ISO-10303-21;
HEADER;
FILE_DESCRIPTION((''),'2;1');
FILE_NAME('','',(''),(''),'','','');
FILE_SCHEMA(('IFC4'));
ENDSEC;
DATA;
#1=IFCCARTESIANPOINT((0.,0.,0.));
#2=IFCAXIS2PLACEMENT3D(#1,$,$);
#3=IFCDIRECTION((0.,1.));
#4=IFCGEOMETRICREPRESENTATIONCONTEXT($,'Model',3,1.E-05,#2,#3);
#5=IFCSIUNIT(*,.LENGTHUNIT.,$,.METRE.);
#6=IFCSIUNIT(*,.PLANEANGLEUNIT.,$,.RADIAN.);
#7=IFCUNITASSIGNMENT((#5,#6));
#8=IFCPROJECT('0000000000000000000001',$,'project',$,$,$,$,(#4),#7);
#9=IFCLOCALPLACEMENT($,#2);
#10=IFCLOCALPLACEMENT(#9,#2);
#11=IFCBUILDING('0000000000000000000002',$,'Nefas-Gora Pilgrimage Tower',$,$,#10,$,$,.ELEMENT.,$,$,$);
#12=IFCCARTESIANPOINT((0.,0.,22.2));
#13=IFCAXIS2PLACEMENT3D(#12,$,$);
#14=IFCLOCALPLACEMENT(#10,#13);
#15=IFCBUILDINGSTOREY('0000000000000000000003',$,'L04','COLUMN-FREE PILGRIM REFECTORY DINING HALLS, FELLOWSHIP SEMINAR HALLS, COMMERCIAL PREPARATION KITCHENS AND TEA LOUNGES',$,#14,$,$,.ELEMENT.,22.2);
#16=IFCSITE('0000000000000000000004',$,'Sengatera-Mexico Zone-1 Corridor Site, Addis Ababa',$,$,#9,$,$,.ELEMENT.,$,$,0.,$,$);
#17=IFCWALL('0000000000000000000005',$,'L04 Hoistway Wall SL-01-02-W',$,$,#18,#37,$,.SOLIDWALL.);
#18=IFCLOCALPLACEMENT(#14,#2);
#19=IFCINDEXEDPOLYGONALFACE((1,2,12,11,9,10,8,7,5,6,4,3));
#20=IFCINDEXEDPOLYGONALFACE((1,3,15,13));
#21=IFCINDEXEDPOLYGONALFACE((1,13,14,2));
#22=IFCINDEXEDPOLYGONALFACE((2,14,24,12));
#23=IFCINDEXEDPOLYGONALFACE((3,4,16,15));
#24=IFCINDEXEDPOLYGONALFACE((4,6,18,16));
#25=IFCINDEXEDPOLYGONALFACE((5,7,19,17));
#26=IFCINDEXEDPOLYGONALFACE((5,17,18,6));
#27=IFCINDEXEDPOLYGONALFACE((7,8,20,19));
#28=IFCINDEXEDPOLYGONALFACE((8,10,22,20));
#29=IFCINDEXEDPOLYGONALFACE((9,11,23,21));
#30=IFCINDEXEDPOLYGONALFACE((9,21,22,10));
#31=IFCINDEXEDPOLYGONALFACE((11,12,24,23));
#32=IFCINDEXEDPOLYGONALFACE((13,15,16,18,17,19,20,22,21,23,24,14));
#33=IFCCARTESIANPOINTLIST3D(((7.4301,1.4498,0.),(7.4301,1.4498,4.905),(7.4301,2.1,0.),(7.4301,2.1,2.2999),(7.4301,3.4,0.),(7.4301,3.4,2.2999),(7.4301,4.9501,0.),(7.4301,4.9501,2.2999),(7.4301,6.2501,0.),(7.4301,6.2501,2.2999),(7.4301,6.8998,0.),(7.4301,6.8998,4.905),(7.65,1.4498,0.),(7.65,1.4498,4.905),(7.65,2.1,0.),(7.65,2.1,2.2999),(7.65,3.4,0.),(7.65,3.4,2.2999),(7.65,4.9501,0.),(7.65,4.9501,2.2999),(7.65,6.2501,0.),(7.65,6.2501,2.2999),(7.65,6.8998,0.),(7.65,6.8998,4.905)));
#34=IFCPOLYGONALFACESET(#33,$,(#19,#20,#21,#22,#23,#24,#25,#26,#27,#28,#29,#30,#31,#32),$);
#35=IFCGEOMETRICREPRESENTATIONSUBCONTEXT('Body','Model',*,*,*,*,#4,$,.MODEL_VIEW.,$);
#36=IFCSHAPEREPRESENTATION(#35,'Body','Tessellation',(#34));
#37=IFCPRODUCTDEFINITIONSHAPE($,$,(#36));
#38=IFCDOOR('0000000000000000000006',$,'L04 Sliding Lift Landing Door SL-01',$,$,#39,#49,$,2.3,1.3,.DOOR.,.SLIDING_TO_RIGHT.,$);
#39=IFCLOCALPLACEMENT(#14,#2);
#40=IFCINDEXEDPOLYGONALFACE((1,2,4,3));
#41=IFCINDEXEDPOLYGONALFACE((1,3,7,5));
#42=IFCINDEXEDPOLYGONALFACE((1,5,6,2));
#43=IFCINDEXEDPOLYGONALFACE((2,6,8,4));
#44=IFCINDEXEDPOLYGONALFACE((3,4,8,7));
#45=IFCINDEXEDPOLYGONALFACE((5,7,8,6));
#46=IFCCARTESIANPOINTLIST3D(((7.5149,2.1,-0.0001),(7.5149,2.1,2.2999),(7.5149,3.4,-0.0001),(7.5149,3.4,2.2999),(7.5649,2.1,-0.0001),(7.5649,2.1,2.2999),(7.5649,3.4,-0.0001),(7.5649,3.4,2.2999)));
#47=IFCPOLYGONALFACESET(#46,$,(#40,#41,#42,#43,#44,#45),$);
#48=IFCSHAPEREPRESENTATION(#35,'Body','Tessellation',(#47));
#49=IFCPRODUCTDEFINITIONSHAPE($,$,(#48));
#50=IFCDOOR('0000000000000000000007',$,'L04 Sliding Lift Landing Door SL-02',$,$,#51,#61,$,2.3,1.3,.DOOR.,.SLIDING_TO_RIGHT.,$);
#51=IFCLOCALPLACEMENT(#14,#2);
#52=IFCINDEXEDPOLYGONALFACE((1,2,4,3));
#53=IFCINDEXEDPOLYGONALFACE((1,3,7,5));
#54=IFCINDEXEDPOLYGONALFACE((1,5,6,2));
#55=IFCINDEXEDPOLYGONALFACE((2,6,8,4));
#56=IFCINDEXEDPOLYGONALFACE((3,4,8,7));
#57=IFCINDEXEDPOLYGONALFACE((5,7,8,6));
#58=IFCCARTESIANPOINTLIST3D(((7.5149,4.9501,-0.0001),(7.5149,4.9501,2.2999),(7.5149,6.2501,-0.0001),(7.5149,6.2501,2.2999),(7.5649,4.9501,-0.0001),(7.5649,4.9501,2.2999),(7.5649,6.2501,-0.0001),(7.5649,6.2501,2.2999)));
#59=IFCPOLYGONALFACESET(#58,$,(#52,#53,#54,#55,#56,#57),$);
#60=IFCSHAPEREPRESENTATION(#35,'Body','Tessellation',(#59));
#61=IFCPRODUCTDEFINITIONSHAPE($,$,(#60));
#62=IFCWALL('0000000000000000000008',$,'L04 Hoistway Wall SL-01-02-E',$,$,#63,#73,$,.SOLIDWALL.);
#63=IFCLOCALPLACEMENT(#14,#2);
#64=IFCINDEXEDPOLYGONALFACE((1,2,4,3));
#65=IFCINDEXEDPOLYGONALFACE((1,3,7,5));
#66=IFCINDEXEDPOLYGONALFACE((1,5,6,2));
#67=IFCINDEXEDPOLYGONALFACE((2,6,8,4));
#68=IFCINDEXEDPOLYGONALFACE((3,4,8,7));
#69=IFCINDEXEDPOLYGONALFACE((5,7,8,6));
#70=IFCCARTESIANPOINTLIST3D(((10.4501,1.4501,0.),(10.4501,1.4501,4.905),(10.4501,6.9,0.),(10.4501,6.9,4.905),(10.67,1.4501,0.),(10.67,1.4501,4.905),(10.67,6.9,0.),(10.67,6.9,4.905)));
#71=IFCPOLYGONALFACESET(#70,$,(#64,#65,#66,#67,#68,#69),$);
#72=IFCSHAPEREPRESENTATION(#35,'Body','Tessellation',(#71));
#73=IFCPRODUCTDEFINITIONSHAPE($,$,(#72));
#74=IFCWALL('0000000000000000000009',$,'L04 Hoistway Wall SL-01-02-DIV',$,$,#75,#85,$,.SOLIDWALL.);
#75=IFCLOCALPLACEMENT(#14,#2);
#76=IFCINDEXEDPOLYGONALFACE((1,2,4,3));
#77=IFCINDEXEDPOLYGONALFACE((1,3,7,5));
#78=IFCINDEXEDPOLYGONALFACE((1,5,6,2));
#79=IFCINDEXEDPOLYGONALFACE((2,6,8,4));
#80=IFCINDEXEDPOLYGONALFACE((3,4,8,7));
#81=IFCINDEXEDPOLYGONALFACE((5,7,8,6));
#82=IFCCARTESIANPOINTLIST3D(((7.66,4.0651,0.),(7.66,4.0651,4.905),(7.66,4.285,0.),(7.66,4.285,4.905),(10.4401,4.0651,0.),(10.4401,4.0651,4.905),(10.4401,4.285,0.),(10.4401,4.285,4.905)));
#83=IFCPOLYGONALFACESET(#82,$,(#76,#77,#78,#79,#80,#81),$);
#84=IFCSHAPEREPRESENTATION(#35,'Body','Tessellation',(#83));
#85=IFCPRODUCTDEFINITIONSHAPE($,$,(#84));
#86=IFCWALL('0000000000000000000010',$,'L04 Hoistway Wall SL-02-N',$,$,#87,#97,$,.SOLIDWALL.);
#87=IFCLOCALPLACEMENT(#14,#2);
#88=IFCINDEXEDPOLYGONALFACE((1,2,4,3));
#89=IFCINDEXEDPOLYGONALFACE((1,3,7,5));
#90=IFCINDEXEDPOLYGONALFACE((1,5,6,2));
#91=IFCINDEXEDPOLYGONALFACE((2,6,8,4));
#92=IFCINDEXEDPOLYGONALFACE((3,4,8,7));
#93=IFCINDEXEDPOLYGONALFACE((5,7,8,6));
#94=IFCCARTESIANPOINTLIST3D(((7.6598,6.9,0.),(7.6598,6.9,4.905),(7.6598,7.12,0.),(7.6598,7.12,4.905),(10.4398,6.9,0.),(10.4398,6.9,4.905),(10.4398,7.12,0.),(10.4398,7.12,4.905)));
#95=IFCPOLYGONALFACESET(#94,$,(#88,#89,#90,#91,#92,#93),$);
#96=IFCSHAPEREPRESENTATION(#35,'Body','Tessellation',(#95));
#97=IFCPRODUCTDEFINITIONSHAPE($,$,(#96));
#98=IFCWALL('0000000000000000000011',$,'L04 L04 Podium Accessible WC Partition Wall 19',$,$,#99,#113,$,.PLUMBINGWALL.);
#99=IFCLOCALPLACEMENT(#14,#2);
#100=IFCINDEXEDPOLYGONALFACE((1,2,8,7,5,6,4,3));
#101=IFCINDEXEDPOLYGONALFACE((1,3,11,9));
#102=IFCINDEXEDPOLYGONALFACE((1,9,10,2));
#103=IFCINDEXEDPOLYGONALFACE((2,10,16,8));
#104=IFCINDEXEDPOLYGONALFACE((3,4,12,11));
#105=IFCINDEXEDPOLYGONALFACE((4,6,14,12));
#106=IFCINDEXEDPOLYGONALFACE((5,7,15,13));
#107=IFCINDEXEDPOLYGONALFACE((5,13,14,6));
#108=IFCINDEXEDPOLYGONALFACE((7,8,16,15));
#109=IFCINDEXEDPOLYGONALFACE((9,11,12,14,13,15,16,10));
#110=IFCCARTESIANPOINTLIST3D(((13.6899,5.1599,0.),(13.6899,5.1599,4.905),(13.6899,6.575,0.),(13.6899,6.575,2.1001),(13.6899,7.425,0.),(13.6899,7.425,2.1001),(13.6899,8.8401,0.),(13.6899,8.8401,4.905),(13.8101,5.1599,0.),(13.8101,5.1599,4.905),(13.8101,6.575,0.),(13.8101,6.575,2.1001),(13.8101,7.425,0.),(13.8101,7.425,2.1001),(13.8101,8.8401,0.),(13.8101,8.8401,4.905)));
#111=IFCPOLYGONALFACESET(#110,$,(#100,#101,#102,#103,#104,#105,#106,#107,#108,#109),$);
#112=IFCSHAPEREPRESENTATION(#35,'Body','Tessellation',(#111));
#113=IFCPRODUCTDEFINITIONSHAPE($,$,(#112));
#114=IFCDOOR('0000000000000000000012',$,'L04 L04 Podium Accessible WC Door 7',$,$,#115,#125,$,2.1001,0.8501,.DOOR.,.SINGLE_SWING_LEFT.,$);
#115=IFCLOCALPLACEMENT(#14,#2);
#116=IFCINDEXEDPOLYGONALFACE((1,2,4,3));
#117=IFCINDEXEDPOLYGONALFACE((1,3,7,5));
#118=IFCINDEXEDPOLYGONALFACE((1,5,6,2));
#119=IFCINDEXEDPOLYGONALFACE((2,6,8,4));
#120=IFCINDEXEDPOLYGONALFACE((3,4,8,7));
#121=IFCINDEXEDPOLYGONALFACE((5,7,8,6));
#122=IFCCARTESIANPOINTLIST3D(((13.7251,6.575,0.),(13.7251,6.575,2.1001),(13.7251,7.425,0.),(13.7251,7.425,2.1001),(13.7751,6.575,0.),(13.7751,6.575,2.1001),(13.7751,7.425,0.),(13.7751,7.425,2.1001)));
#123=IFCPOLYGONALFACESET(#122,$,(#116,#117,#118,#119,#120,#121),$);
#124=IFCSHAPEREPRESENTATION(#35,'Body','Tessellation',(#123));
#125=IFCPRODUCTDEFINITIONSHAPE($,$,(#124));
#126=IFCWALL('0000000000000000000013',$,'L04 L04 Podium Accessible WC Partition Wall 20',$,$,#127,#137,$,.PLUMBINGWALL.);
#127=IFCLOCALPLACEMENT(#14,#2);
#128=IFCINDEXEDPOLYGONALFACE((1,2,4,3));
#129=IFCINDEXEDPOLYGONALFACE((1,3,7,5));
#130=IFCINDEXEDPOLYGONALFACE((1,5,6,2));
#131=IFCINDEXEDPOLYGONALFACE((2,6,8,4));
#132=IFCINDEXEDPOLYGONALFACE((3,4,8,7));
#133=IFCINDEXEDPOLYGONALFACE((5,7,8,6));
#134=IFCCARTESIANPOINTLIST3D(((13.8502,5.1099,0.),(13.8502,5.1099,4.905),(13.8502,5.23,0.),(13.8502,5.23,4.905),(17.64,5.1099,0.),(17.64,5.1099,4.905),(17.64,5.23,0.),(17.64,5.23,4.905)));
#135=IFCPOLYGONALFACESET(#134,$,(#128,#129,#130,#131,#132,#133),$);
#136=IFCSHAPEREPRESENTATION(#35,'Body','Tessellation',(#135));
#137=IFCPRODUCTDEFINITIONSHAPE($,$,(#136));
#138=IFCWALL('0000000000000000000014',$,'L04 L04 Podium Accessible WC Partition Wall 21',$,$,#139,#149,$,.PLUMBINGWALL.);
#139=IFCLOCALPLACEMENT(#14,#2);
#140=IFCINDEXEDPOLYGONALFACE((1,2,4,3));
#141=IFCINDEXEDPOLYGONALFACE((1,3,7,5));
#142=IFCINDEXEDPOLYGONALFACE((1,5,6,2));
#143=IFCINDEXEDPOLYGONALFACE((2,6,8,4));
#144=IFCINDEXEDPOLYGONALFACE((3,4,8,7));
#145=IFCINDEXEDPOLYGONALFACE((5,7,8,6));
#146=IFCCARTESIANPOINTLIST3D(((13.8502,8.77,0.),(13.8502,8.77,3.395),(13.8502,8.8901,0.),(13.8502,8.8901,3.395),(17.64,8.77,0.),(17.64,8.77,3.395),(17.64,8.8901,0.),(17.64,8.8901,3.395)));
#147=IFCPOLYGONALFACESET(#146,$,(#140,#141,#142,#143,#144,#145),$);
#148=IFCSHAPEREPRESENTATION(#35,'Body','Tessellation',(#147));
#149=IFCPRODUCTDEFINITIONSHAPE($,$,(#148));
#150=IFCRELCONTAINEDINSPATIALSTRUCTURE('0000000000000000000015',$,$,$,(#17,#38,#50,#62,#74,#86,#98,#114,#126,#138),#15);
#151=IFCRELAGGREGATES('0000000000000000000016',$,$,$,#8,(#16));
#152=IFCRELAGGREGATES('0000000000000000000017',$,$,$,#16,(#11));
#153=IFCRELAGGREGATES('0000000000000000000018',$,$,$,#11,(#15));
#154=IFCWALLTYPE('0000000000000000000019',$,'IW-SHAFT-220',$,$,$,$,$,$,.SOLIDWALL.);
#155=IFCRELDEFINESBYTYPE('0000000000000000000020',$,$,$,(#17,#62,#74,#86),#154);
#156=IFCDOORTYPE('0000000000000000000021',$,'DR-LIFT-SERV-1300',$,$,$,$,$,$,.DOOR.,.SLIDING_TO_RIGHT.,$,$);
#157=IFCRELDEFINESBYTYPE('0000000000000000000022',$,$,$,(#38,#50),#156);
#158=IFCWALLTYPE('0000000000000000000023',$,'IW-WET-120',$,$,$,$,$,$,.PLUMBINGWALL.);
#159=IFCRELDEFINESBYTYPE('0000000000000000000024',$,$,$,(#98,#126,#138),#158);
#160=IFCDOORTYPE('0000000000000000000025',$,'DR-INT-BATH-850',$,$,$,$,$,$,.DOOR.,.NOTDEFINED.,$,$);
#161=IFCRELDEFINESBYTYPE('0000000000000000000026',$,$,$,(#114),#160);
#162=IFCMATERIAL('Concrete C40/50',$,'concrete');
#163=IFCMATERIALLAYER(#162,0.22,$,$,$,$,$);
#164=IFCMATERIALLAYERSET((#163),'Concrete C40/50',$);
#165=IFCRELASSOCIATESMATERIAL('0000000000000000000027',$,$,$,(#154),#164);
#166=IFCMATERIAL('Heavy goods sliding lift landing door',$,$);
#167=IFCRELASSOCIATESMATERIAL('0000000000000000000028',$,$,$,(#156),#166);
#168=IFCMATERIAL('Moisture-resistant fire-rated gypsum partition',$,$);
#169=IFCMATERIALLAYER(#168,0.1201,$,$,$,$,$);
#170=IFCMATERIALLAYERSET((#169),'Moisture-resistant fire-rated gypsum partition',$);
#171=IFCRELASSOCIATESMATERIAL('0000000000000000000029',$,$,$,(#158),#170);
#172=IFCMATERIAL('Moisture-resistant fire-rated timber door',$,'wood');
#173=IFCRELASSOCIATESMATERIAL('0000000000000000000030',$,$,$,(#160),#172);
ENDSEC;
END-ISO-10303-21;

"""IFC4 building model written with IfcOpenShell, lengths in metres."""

from ifc_helpers import new_model, si_unit, direction, frame, frame_2d, origin, place, context, subcontext, project, spatial, rectangle, extrude, source, transform, mapped, material, layer, layer_set, type_object, element, fill, save


model = new_model("IFC4")

# Units and contexts
model_context = context("Model", 3, precision=1e-05, world=origin(), true_north=direction((0.0, 1.0)))
body_context = subcontext(model_context, "Body", "Model", "MODEL_VIEW")
ifc_project = project(units=[si_unit("LENGTHUNIT", "METRE"), si_unit("PLANEANGLEUNIT", "RADIAN")], contexts=[model_context])

# Site, building, storey
site_placement = place(None, origin())
site = spatial("IfcSite", under=ifc_project, at=site_placement, Name="Sengatera-Mexico Zone-1 Corridor Site, Addis Ababa", CompositionType="ELEMENT", RefElevation=0.0)
building_placement = place(site_placement, origin())
building = spatial("IfcBuilding", under=site, at=building_placement, Name="Nefas-Gora Pilgrimage Tower", CompositionType="ELEMENT")
storey_placement = place(building_placement, frame((0.0, 0.0, 22.2)))
storey = spatial("IfcBuildingStorey", under=building, at=storey_placement, Name="L04", Description="COLUMN-FREE PILGRIM REFECTORY DINING HALLS, FELLOWSHIP SEMINAR HALLS, COMMERCIAL PREPARATION KITCHENS AND TEA LOUNGES", CompositionType="ELEMENT", Elevation=22.2)

# Wall, openings, doors
ifc_material_1 = material(Name="Concrete C40/50", Category="concrete")
ifc_layer_1 = layer(ifc_material_1, 0.22)
ifc_layer_set_1 = layer_set([ifc_layer_1], Name="Concrete C40/50")
wall_type_1 = type_object("IfcWallType", Name="IW-SHAFT-220", PredefinedType="SOLIDWALL", material=ifc_layer_set_1)
shared_shape_1 = source(origin(), body_context, "Body", "SweptSolid", [
    extrude(rectangle(XDim=5.45, YDim=0.22, at=frame_2d((2.7251, 0.0))), origin(), (0.0, 0.0, 1.0), 4.905),
])
wall_1_placement = place(storey_placement, frame((7.54, 6.8999, 0.0), z_axis=(0.0, 0.0, 1.0), x_axis=(0.0, -1.0, 0.0)))
wall_1 = element("IfcWall", 1, at=wall_1_placement, inside=storey, type_object=wall_type_1, Name="L04 Hoistway Wall SL-01-02-W", PredefinedType="SOLIDWALL", context=body_context, shape_type="MappedRepresentation", body=[
    mapped(shared_shape_1, transform((0.0, 0.0, 0.0), x_axis=(1.0, 0.0, 0.0), y_axis=(0.0, 1.0, 0.0), z_axis=(0.0, 0.0, 1.0), scale=1.0)),
])
opening_1_placement = place(wall_1_placement, frame((3.5, 0.0, 0.0)))
opening_1 = element("IfcOpeningElement", 2, at=opening_1_placement, cuts=wall_1, PredefinedType="OPENING", context=body_context, shape_type="SweptSolid", body=[
    extrude(rectangle(XDim=1.3, YDim=2.3, at=frame_2d((0.6499, 1.1499))), frame((0.0, 0.1199, 0.0), z_axis=(0.0, -1.0, 0.0), x_axis=(1.0, 0.0, 0.0)), (0.0, 0.0, 1.0), 0.24),
])
opening_2_placement = place(wall_1_placement, frame((0.6499, 0.0, 0.0)))
opening_2 = element("IfcOpeningElement", 3, at=opening_2_placement, cuts=wall_1, PredefinedType="OPENING", context=body_context, shape_type="SweptSolid", body=[
    extrude(rectangle(XDim=1.3, YDim=2.3, at=frame_2d((0.6499, 1.1499))), frame((0.0, 0.1199, 0.0), z_axis=(0.0, -1.0, 0.0), x_axis=(1.0, 0.0, 0.0)), (0.0, 0.0, 1.0), 0.24),
])
ifc_material_2 = material(Name="Heavy goods sliding lift landing door")
door_type_1 = type_object("IfcDoorType", Name="DR-LIFT-SERV-1300", OperationType="SLIDING_TO_RIGHT", PredefinedType="DOOR", material=ifc_material_2)
shared_shape_2 = source(origin(), body_context, "Body", "SweptSolid", [
    extrude(rectangle(XDim=1.3, YDim=2.3, at=frame_2d((0.6499, 1.1499))), frame((0.0, 0.0249, 0.0), z_axis=(0.0, -1.0, 0.0), x_axis=(1.0, 0.0, 0.0)), (0.0, 0.0, 1.0), 0.05),
])
door_1_placement = place(opening_1_placement, origin())
door_1 = element("IfcDoor", 4, at=door_1_placement, inside=storey, type_object=door_type_1, Name="L04 Sliding Lift Landing Door SL-01", OperationType="SLIDING_TO_RIGHT", OverallHeight=2.3, OverallWidth=1.3, PredefinedType="DOOR", context=body_context, shape_type="MappedRepresentation", body=[
    mapped(shared_shape_2, transform((0.0, 0.0, 0.0), x_axis=(1.0, 0.0, 0.0), y_axis=(0.0, 1.0, 0.0), z_axis=(0.0, 0.0, 1.0), scale=1.0)),
])
fill(opening_1, door_1)
door_2_placement = place(opening_2_placement, origin())
door_2 = element("IfcDoor", 5, at=door_2_placement, inside=storey, type_object=door_type_1, Name="L04 Sliding Lift Landing Door SL-02", OperationType="SLIDING_TO_RIGHT", OverallHeight=2.3, OverallWidth=1.3, PredefinedType="DOOR", context=body_context, shape_type="MappedRepresentation", body=[
    mapped(shared_shape_2, transform((0.0, 0.0, 0.0), x_axis=(1.0, 0.0, 0.0), y_axis=(0.0, 1.0, 0.0), z_axis=(0.0, 0.0, 1.0), scale=1.0)),
])
fill(opening_2, door_2)

# Walls
wall_2_placement = place(storey_placement, frame((10.5601, 1.45, 0.0), z_axis=(0.0, 0.0, 1.0), x_axis=(0.0, 1.0, 0.0)))
element("IfcWall", 6, at=wall_2_placement, inside=storey, type_object=wall_type_1, Name="L04 Hoistway Wall SL-01-02-E", PredefinedType="SOLIDWALL", context=body_context, shape_type="MappedRepresentation", body=[
    mapped(shared_shape_1, transform((0.0, 0.0, 0.0), x_axis=(1.0, 0.0, 0.0), y_axis=(0.0, 1.0, 0.0), z_axis=(0.0, 0.0, 1.0), scale=1.0)),
])
shared_shape_3 = source(origin(), body_context, "Body", "SweptSolid", [
    extrude(rectangle(XDim=2.78, YDim=0.22, at=frame_2d((1.3901, 0.0))), origin(), (0.0, 0.0, 1.0), 4.905),
])
for number, where, z_axis, x_axis, name in (
    (7, (7.6599, 4.175, 0.0), (0.0, 0.0, 1.0), (1.0, 0.0, 0.0), "L04 Hoistway Wall SL-01-02-DIV"),
    (8, (10.4399, 7.01, 0.0), (0.0, 0.0, 1.0), (-1.0, 0.0, 0.0), "L04 Hoistway Wall SL-02-N"),
):
    element("IfcWall", number, at=place(storey_placement, frame(where, z_axis=z_axis, x_axis=x_axis)), inside=storey, type_object=wall_type_1, Name=name, PredefinedType="SOLIDWALL", context=body_context, shape_type="MappedRepresentation", body=[
        mapped(shared_shape_3, transform((0.0, 0.0, 0.0), x_axis=(1.0, 0.0, 0.0), y_axis=(0.0, 1.0, 0.0), z_axis=(0.0, 0.0, 1.0), scale=1.0)),
    ])

# Wall, opening, door
ifc_material_3 = material(Name="Moisture-resistant fire-rated gypsum partition")
ifc_layer_2 = layer(ifc_material_3, 0.1201)
ifc_layer_set_2 = layer_set([ifc_layer_2], Name="Moisture-resistant fire-rated gypsum partition")
wall_type_2 = type_object("IfcWallType", Name="IW-WET-120", PredefinedType="PLUMBINGWALL", material=ifc_layer_set_2)
shared_shape_4 = source(origin(), body_context, "Body", "SweptSolid", [
    extrude(rectangle(XDim=3.6802, YDim=0.1201, at=frame_2d((1.8401, 0.0))), origin(), (0.0, 0.0, 1.0), 4.905),
])
wall_3_placement = place(storey_placement, frame((13.75, 5.1599, 0.0), z_axis=(0.0, 0.0, 1.0), x_axis=(0.0, 1.0, 0.0)))
wall_3 = element("IfcWall", 9, at=wall_3_placement, inside=storey, type_object=wall_type_2, Name="L04 L04 Podium Accessible WC Partition Wall 19", PredefinedType="PLUMBINGWALL", context=body_context, shape_type="MappedRepresentation", body=[
    mapped(shared_shape_4, transform((0.0, 0.0, 0.0), x_axis=(1.0, 0.0, 0.0), y_axis=(0.0, 1.0, 0.0), z_axis=(0.0, 0.0, 1.0), scale=1.0)),
])
opening_3_placement = place(wall_3_placement, frame((1.415, 0.0, 0.0)))
opening_3 = element("IfcOpeningElement", 10, at=opening_3_placement, cuts=wall_3, PredefinedType="OPENING", context=body_context, shape_type="SweptSolid", body=[
    extrude(rectangle(XDim=0.8501, YDim=2.1001, at=frame_2d((0.425, 1.05))), frame((0.0, 0.0701, 0.0), z_axis=(0.0, -1.0, 0.0), x_axis=(1.0, 0.0, 0.0)), (0.0, 0.0, 1.0), 0.1401),
])
ifc_material_4 = material(Name="Moisture-resistant fire-rated timber door", Category="wood")
door_type_2 = type_object("IfcDoorType", Name="DR-INT-BATH-850", OperationType="NOTDEFINED", PredefinedType="DOOR", material=ifc_material_4)
shared_shape_5 = source(origin(), body_context, "Body", "SweptSolid", [
    extrude(rectangle(XDim=0.8501, YDim=2.1001, at=frame_2d((0.425, 1.05))), frame((0.0, 0.0249, 0.0), z_axis=(0.0, -1.0, 0.0), x_axis=(1.0, 0.0, 0.0)), (0.0, 0.0, 1.0), 0.05),
])
door_3_placement = place(opening_3_placement, origin())
door_3 = element("IfcDoor", 11, at=door_3_placement, inside=storey, type_object=door_type_2, Name="L04 L04 Podium Accessible WC Door 7", OperationType="SINGLE_SWING_LEFT", OverallHeight=2.1001, OverallWidth=0.8501, PredefinedType="DOOR", context=body_context, shape_type="MappedRepresentation", body=[
    mapped(shared_shape_5, transform((0.0, 0.0, 0.0), x_axis=(1.0, 0.0, 0.0), y_axis=(0.0, 1.0, 0.0), z_axis=(0.0, 0.0, 1.0), scale=1.0)),
])
fill(opening_3, door_3)

# Walls
shared_shape_6 = source(origin(), body_context, "Body", "SweptSolid", [
    extrude(rectangle(XDim=3.7898, YDim=0.1201, at=frame_2d((1.895, 0.0))), origin(), (0.0, 0.0, 1.0), 4.905),
])
wall_4_placement = place(storey_placement, frame((13.8501, 5.1699, 0.0), z_axis=(0.0, 0.0, 1.0), x_axis=(1.0, 0.0, 0.0)))
element("IfcWall", 12, at=wall_4_placement, inside=storey, type_object=wall_type_2, Name="L04 L04 Podium Accessible WC Partition Wall 20", PredefinedType="PLUMBINGWALL", context=body_context, shape_type="MappedRepresentation", body=[
    mapped(shared_shape_6, transform((0.0, 0.0, 0.0), x_axis=(1.0, 0.0, 0.0), y_axis=(0.0, 1.0, 0.0), z_axis=(0.0, 0.0, 1.0), scale=1.0)),
])
shared_shape_7 = source(origin(), body_context, "Body", "SweptSolid", [
    extrude(rectangle(XDim=3.7898, YDim=0.1201, at=frame_2d((1.895, 0.0))), origin(), (0.0, 0.0, 1.0), 3.395),
])
wall_5_placement = place(storey_placement, frame((13.8501, 8.8301, 0.0), z_axis=(0.0, 0.0, 1.0), x_axis=(1.0, 0.0, 0.0)))
element("IfcWall", 13, at=wall_5_placement, inside=storey, type_object=wall_type_2, Name="L04 L04 Podium Accessible WC Partition Wall 21", PredefinedType="PLUMBINGWALL", context=body_context, shape_type="MappedRepresentation", body=[
    mapped(shared_shape_7, transform((0.0, 0.0, 0.0), x_axis=(1.0, 0.0, 0.0), y_axis=(0.0, 1.0, 0.0), z_axis=(0.0, 0.0, 1.0), scale=1.0)),
])

save(model, "model.ifc")
